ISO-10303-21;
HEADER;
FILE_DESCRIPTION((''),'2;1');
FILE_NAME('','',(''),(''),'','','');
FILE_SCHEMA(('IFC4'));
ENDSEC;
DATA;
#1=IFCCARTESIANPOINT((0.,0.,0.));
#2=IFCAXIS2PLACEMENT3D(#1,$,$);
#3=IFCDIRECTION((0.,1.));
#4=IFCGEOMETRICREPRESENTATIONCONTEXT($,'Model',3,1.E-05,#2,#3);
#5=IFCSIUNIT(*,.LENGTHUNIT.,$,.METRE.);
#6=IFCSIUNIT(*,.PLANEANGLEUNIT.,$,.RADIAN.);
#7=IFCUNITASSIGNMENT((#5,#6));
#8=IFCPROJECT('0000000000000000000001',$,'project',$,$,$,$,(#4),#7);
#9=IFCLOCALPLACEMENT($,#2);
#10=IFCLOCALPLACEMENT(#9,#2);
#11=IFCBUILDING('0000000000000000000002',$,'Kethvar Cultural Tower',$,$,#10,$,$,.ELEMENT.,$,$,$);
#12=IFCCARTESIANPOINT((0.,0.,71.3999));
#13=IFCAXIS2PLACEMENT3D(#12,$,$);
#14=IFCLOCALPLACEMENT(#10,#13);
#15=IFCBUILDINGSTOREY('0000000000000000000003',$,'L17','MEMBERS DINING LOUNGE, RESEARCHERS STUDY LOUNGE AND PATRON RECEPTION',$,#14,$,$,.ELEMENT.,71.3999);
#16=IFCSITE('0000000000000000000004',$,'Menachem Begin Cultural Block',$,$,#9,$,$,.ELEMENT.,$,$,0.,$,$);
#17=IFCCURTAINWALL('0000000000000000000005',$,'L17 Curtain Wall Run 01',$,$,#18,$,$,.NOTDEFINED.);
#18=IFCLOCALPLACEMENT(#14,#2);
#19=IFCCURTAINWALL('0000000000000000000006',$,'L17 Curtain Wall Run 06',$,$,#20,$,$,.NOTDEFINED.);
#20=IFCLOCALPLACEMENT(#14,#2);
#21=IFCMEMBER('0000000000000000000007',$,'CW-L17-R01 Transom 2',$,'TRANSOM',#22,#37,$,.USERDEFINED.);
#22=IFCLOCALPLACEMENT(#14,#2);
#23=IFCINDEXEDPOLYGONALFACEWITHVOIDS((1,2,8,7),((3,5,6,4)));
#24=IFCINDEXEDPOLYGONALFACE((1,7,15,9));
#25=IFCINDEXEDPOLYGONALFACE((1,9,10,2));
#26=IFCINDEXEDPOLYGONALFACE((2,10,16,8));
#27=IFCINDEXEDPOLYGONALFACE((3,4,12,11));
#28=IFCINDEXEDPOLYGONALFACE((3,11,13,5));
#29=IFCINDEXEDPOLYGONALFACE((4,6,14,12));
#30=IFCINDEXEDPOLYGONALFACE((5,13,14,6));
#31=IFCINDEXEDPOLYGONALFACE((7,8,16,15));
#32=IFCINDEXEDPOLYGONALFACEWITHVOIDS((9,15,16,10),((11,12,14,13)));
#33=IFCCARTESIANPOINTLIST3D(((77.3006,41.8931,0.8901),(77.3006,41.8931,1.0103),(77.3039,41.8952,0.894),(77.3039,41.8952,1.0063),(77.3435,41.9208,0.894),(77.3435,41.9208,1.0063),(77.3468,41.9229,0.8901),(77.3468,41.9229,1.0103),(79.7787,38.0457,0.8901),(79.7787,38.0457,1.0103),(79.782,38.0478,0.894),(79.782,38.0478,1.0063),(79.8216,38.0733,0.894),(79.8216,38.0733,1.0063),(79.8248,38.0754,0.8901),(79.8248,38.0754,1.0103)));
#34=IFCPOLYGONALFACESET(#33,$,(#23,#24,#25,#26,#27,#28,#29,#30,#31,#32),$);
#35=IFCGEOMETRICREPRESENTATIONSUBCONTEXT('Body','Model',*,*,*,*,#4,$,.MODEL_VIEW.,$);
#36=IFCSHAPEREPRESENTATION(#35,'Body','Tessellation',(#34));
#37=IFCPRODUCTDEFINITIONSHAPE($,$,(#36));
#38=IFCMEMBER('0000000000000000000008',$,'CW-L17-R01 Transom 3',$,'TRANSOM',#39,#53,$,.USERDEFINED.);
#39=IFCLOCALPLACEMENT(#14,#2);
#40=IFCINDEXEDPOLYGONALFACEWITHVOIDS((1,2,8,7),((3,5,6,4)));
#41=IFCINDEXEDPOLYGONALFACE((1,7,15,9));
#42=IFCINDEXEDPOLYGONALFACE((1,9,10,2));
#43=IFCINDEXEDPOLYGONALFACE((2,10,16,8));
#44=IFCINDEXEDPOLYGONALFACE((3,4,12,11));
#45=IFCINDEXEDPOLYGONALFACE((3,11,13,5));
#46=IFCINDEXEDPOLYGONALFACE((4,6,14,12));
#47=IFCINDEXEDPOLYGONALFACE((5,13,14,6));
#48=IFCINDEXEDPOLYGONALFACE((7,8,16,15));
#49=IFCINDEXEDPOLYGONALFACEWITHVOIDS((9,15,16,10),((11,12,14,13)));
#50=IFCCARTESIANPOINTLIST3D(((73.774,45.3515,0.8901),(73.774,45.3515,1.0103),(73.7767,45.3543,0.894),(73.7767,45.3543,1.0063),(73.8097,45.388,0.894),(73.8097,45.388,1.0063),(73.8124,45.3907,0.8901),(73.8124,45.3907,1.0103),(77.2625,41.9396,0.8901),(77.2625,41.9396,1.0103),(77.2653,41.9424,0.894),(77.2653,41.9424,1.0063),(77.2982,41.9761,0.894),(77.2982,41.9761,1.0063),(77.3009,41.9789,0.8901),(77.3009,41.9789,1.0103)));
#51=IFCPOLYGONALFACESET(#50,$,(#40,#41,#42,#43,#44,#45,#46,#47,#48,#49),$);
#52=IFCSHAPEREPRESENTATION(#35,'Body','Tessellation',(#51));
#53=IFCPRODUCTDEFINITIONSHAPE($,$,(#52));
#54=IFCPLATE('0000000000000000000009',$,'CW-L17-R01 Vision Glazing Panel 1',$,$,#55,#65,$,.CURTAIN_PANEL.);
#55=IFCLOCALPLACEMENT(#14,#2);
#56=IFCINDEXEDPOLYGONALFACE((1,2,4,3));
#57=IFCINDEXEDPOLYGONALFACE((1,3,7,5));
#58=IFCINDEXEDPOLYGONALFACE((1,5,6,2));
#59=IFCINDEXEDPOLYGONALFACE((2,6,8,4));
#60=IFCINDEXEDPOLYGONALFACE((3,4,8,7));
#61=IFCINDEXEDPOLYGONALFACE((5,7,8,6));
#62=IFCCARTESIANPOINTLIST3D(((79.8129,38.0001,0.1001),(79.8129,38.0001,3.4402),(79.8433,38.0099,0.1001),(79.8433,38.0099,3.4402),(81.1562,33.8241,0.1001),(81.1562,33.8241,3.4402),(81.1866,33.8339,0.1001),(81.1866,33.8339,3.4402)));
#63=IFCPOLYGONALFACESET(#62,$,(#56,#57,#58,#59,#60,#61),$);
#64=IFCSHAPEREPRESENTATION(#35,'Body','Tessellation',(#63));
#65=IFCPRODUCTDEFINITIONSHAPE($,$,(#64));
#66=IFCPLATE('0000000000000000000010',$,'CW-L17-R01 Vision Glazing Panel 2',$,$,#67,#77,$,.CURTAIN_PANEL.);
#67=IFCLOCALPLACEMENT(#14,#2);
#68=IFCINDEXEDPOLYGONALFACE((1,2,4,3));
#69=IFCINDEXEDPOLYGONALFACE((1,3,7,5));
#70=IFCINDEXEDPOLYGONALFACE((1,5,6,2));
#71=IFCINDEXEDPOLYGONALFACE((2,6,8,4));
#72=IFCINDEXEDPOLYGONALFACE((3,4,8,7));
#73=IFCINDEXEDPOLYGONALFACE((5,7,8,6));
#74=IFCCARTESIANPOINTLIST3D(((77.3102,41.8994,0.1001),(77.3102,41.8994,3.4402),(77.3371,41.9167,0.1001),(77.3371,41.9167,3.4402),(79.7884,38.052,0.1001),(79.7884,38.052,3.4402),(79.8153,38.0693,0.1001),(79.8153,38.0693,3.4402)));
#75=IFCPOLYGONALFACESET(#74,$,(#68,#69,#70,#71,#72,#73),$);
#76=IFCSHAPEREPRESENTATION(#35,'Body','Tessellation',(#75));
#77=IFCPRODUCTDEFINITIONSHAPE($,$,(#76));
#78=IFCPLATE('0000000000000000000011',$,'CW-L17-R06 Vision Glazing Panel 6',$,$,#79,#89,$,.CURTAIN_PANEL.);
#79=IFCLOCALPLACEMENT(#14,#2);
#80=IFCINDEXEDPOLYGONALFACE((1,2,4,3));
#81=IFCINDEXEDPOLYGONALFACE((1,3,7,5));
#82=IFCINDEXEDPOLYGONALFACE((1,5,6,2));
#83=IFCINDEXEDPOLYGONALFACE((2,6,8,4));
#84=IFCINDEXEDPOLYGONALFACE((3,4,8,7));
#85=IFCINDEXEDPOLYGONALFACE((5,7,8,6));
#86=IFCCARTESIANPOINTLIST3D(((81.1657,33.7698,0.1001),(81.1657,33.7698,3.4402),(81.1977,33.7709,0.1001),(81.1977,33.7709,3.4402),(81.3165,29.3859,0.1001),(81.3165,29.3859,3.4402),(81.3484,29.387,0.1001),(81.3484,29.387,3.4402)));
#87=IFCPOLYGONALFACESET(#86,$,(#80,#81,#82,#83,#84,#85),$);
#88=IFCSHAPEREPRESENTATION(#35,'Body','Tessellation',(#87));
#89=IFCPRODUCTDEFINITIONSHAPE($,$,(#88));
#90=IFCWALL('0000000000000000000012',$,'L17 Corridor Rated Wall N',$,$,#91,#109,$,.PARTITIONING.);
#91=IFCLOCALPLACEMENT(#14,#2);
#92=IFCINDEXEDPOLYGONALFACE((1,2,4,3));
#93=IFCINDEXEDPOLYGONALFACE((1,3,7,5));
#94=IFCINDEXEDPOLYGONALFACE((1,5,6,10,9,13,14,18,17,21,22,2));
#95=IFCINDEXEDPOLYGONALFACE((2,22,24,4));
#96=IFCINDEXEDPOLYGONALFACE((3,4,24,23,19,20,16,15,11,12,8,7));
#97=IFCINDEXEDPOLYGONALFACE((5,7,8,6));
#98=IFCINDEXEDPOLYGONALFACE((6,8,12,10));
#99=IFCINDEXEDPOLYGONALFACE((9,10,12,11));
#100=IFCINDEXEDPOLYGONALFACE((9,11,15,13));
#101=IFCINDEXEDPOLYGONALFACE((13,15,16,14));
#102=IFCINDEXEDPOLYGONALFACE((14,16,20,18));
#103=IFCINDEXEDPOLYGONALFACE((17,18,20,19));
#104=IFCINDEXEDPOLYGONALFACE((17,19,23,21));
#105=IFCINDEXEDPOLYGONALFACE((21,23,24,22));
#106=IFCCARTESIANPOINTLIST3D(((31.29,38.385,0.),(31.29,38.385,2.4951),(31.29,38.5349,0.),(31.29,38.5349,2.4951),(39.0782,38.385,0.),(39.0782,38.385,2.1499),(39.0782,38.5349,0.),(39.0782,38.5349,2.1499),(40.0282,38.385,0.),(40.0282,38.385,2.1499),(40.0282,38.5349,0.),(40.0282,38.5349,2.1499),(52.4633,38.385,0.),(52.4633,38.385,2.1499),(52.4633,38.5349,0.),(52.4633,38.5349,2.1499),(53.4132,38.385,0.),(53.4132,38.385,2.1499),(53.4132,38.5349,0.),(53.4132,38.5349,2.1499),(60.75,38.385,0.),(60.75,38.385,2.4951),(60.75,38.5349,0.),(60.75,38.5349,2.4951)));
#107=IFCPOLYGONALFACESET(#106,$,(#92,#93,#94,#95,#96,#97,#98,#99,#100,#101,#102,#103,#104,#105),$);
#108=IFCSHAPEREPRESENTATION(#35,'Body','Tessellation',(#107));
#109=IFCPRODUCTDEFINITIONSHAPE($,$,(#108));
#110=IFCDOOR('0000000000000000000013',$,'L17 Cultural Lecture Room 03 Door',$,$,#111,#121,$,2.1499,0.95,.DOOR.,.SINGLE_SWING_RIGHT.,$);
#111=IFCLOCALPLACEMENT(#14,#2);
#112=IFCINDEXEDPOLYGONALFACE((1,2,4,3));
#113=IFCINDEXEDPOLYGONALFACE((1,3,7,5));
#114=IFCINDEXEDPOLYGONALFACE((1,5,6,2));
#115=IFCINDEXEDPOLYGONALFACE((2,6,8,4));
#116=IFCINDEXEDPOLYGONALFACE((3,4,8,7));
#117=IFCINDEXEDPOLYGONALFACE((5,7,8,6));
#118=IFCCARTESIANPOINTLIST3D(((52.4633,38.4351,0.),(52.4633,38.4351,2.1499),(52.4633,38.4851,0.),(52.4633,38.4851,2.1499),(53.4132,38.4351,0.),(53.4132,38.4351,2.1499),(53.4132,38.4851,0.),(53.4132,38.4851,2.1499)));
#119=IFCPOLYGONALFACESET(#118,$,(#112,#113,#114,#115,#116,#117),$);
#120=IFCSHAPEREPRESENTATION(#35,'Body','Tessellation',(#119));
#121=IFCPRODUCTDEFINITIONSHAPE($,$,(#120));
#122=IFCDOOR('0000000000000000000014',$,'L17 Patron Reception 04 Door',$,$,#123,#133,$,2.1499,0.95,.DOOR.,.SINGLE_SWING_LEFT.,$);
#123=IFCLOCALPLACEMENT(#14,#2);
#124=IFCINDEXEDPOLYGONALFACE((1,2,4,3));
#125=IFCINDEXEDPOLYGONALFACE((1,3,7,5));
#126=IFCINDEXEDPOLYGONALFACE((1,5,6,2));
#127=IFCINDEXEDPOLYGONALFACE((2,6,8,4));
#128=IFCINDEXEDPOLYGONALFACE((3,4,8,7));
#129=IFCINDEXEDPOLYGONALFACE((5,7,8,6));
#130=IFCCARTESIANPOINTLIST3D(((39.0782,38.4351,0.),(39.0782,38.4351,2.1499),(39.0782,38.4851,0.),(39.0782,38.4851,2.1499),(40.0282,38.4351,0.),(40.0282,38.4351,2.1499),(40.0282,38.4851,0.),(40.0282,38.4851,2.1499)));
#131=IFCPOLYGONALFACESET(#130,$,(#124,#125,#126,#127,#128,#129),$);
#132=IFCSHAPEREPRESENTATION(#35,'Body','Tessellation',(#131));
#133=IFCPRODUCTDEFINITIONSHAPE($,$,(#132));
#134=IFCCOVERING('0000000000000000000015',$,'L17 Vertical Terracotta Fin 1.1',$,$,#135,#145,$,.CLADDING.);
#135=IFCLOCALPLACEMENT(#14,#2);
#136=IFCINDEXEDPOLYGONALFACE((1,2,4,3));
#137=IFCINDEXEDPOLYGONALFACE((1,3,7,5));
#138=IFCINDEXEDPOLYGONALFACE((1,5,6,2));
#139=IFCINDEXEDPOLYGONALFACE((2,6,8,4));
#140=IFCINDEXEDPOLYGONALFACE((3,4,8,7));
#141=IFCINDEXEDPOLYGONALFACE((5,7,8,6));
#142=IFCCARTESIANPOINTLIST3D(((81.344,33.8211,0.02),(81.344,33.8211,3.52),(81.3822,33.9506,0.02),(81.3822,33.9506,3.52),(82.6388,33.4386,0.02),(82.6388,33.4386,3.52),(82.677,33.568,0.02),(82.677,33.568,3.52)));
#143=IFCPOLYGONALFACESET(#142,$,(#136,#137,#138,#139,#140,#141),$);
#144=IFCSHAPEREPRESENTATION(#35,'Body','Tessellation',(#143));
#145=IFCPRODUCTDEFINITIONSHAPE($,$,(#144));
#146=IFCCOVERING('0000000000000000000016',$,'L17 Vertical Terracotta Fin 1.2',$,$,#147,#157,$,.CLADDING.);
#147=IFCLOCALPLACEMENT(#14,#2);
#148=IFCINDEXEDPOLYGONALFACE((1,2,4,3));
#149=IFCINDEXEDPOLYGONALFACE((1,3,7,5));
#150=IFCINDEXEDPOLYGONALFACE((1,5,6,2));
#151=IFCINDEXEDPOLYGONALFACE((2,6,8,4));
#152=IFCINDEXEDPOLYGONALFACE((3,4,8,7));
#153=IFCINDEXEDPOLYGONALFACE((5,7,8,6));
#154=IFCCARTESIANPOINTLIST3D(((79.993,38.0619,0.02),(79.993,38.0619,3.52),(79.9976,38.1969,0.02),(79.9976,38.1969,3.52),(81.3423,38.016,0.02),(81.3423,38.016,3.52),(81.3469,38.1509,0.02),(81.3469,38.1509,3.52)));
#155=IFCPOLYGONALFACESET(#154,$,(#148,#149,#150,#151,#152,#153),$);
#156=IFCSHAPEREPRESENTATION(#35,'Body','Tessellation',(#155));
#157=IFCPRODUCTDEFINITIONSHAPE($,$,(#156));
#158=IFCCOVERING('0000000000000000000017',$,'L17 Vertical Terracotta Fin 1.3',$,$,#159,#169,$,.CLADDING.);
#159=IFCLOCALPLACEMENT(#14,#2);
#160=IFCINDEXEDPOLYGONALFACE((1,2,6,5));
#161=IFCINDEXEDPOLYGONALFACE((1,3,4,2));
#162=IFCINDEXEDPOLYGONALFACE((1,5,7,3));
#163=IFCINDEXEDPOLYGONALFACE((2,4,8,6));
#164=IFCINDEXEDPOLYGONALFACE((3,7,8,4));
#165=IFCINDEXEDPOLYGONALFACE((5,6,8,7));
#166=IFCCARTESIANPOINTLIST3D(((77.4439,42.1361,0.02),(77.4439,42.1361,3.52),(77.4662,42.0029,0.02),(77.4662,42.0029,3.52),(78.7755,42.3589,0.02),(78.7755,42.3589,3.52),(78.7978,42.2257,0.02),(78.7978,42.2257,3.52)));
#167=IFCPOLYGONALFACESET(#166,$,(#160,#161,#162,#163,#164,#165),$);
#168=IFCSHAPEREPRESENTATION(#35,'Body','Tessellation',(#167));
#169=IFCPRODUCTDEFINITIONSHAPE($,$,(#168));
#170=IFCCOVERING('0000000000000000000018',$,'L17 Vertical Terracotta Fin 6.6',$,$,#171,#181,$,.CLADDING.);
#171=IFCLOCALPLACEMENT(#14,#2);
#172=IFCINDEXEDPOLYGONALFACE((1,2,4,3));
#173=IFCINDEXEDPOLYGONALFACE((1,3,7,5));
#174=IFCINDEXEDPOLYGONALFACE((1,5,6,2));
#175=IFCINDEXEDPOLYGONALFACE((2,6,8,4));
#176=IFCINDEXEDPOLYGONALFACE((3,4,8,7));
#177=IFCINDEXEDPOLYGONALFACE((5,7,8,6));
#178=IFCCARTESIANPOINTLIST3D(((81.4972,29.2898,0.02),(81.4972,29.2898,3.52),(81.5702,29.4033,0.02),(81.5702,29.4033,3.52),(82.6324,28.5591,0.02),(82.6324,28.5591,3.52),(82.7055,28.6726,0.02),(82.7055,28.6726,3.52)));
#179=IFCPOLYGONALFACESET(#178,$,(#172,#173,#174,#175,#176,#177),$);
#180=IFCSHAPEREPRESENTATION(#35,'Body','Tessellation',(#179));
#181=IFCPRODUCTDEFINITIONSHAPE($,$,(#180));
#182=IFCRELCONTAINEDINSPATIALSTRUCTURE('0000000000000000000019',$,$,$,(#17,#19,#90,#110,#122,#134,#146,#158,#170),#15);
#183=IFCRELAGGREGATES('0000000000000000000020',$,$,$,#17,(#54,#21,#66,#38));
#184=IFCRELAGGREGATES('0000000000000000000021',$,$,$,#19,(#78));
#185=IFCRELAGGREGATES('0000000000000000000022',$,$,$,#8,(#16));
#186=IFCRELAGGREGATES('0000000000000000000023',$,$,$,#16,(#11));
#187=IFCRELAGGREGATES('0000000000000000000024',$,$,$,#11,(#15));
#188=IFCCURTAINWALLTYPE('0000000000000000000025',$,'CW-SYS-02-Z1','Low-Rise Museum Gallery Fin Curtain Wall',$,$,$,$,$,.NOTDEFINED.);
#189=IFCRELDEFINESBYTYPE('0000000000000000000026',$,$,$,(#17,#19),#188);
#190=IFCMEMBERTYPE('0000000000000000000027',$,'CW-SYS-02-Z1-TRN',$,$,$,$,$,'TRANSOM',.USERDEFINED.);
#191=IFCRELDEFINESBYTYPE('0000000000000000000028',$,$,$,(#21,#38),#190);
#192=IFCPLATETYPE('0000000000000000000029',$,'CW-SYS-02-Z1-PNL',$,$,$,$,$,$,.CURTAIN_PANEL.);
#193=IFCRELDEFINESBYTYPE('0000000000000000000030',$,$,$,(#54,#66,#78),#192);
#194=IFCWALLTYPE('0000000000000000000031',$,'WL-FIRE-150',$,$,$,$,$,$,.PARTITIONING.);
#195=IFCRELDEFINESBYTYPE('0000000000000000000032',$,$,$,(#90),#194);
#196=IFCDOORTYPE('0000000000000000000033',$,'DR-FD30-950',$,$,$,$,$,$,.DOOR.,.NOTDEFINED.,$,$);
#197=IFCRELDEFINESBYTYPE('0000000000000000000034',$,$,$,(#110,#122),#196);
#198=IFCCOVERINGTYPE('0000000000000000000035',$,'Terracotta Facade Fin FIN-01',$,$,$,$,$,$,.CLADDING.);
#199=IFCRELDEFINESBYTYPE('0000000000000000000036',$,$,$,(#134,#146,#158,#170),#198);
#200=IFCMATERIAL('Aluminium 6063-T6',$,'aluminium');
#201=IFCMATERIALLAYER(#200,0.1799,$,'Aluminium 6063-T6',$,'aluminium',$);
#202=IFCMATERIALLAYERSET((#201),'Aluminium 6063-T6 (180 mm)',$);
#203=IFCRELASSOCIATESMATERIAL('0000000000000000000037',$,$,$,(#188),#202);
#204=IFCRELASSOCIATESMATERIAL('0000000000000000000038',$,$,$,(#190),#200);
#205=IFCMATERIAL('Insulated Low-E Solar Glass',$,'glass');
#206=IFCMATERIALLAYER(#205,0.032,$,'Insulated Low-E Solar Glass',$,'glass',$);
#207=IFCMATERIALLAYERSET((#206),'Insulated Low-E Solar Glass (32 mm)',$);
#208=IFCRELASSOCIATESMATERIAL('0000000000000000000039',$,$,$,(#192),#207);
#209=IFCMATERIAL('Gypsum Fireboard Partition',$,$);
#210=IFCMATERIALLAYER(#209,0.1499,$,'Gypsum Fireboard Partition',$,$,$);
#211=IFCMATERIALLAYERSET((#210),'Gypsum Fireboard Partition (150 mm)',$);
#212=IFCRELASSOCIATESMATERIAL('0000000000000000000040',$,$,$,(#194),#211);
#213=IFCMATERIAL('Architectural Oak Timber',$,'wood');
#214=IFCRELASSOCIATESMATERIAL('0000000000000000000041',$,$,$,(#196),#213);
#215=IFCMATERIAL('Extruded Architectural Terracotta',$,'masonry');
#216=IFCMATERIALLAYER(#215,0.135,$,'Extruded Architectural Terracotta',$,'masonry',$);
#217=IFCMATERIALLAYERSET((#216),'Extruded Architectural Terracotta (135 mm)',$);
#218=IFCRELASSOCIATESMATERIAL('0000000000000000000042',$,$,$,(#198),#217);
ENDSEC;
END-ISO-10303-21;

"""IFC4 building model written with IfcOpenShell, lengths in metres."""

from ifc_helpers import new_model, si_unit, direction, frame, frame_2d, origin, origin_2d, place, context, subcontext, project, spatial, rectangle, hollow_rectangle, extrude, source, transform, mapped, material, layer, layer_set, material_profile, profile_set, type_object, element, fill, aggregate, save


model = new_model("IFC4")

# Units and contexts
model_context = context("Model", 3, precision=1e-05, world=origin(), true_north=direction((0.0, 1.0)))
body_context = subcontext(model_context, "Body", "Model", "MODEL_VIEW")
ifc_project = project(units=[si_unit("LENGTHUNIT", "METRE"), si_unit("PLANEANGLEUNIT", "RADIAN")], contexts=[model_context])

# Site, building, storey
site_placement = place(None, origin())
site = spatial("IfcSite", under=ifc_project, at=site_placement, Name="Menachem Begin Cultural Block", CompositionType="ELEMENT", RefElevation=0.0)
building_placement = place(site_placement, origin())
building = spatial("IfcBuilding", under=site, at=building_placement, Name="Kethvar Cultural Tower", CompositionType="ELEMENT")
storey_placement = place(building_placement, frame((0.0, 0.0, 71.3999)))
storey = spatial("IfcBuildingStorey", under=building, at=storey_placement, Name="L17", Description="MEMBERS DINING LOUNGE, RESEARCHERS STUDY LOUNGE AND PATRON RECEPTION", CompositionType="ELEMENT", Elevation=71.3999)

# Curtain walls
ifc_material_1 = material(Name="Aluminium 6063-T6", Category="aluminium")
ifc_layer_1 = layer(ifc_material_1, 0.1799, Name="Aluminium 6063-T6", Category="aluminium")
ifc_layer_set_1 = layer_set([ifc_layer_1], Name="Aluminium 6063-T6 (180 mm)")
curtain_wall_type = type_object("IfcCurtainWallType", Name="CW-SYS-02-Z1", Description="Low-Rise Museum Gallery Fin Curtain Wall", PredefinedType="NOTDEFINED", material=ifc_layer_set_1)
curtain_wall_1_placement = place(storey_placement, origin())
curtain_wall_1 = element("IfcCurtainWall", 1, at=curtain_wall_1_placement, inside=storey, type_object=curtain_wall_type, Name="L17 Curtain Wall Run 01", PredefinedType="NOTDEFINED")
curtain_wall_2_placement = place(storey_placement, origin())
curtain_wall_2 = element("IfcCurtainWall", 2, at=curtain_wall_2_placement, inside=storey, type_object=curtain_wall_type, Name="L17 Curtain Wall Run 06", PredefinedType="NOTDEFINED")

# Members
ifc_material_profile_1 = material_profile(ifc_material_1, hollow_rectangle(XDim=0.0549, YDim=0.1201, WallThickness=0.0039, at=origin_2d()), Name="Aluminium 6063-T6 — RHS120x55x4")
ifc_profile_set_1 = profile_set([ifc_material_profile_1], Name="Aluminium 6063-T6 — RHS120x55x4")
member_type_1 = type_object("IfcMemberType", Name="CW-SYS-02-Z1-TRN", ElementType="TRANSOM", PredefinedType="USERDEFINED", material=ifc_profile_set_1)
shared_shape_1 = source(origin(), body_context, "Body", "SweptSolid", [
    extrude(hollow_rectangle(XDim=0.0549, YDim=0.1201, WallThickness=0.0039, at=origin_2d()), origin(), (0.0, 0.0, 1.0), 4.5764),
])
member_1_placement = place(storey_placement, frame((79.8018, 38.0605, 0.9502), z_axis=(-0.541483, 0.840712, 0.0), x_axis=(-0.840712, -0.541483, 0.0)))
member_1 = element("IfcMember", 3, at=member_1_placement, type_object=member_type_1, Name="CW-L17-R01 Transom 2", ObjectType="TRANSOM", PredefinedType="USERDEFINED", context=body_context, shape_type="MappedRepresentation", body=[
    mapped(shared_shape_1, transform((0.0, 0.0, 0.0), scale=1.0)),
])
shared_shape_2 = source(origin(), body_context, "Body", "SweptSolid", [
    extrude(hollow_rectangle(XDim=0.0549, YDim=0.1201, WallThickness=0.0039, at=origin_2d()), origin(), (0.0, 0.0, 1.0), 4.8796),
])
member_2_placement = place(storey_placement, frame((77.2817, 41.9592, 0.9502), z_axis=(-0.714918, 0.699208, 0.0), x_axis=(-0.699208, -0.714918, 0.0)))
member_2 = element("IfcMember", 4, at=member_2_placement, type_object=member_type_1, Name="CW-L17-R01 Transom 3", ObjectType="TRANSOM", PredefinedType="USERDEFINED", context=body_context, shape_type="MappedRepresentation", body=[
    mapped(shared_shape_2, transform((0.0, 0.0, 0.0), scale=1.0)),
])

# Plates
ifc_material_2 = material(Name="Insulated Low-E Solar Glass", Category="glass")
ifc_layer_2 = layer(ifc_material_2, 0.032, Name="Insulated Low-E Solar Glass", Category="glass")
ifc_layer_set_2 = layer_set([ifc_layer_2], Name="Insulated Low-E Solar Glass (32 mm)")
plate_type = type_object("IfcPlateType", Name="CW-SYS-02-Z1-PNL", PredefinedType="CURTAIN_PANEL", material=ifc_layer_set_2)
shared_shape_3 = source(origin(), body_context, "Body", "SweptSolid", [
    extrude(rectangle(XDim=4.3867, YDim=0.032, at=origin_2d()), origin(), (0.0, 0.0, 1.0), 3.3401),
])
plate_1_placement = place(storey_placement, frame((80.4998, 35.917, 0.1001), z_axis=(0.0, 0.0, 1.0), x_axis=(-0.30621, 0.951964, 0.0)))
plate_1 = element("IfcPlate", 5, at=plate_1_placement, type_object=plate_type, Name="CW-L17-R01 Vision Glazing Panel 1", PredefinedType="CURTAIN_PANEL", context=body_context, shape_type="MappedRepresentation", body=[
    mapped(shared_shape_3, transform((0.0, 0.0, 0.0), scale=1.0)),
])
shared_shape_4 = source(origin(), body_context, "Body", "SweptSolid", [
    extrude(rectangle(XDim=4.5764, YDim=0.032, at=origin_2d()), origin(), (0.0, 0.0, 1.0), 3.3401),
])
plate_2_placement = place(storey_placement, frame((78.5627, 39.9844, 0.1001), z_axis=(0.0, 0.0, 1.0), x_axis=(-0.541503, 0.840699, 0.0)))
plate_2 = element("IfcPlate", 6, at=plate_2_placement, type_object=plate_type, Name="CW-L17-R01 Vision Glazing Panel 2", PredefinedType="CURTAIN_PANEL", context=body_context, shape_type="MappedRepresentation", body=[
    mapped(shared_shape_4, transform((0.0, 0.0, 0.0), scale=1.0)),
])
aggregate(curtain_wall_1, [plate_1, member_1, plate_2, member_2])
shared_shape_5 = source(origin(), body_context, "Body", "SweptSolid", [
    extrude(rectangle(XDim=4.3865, YDim=0.032, at=origin_2d()), origin(), (0.0, 0.0, 1.0), 3.3401),
])
plate_3_placement = place(storey_placement, frame((81.2571, 31.5784, 0.1001), z_axis=(0.0, 0.0, 1.0), x_axis=(-0.034359, 0.99941, 0.0)))
plate_3 = element("IfcPlate", 7, at=plate_3_placement, type_object=plate_type, Name="CW-L17-R06 Vision Glazing Panel 6", PredefinedType="CURTAIN_PANEL", context=body_context, shape_type="MappedRepresentation", body=[
    mapped(shared_shape_5, transform((0.0, 0.0, 0.0), scale=1.0)),
])
aggregate(curtain_wall_2, [plate_3])

# Wall, openings, doors
ifc_material_3 = material(Name="Gypsum Fireboard Partition")
ifc_layer_3 = layer(ifc_material_3, 0.1499, Name="Gypsum Fireboard Partition")
ifc_layer_set_3 = layer_set([ifc_layer_3], Name="Gypsum Fireboard Partition (150 mm)")
wall_type = type_object("IfcWallType", Name="WL-FIRE-150", PredefinedType="PARTITIONING", material=ifc_layer_set_3)
wall_placement = place(storey_placement, frame((60.75, 38.46, 0.0), z_axis=(0.0, 0.0, 1.0), x_axis=(-1.0, 0.0, 0.0)))
wall = element("IfcWall", 8, at=wall_placement, inside=storey, type_object=wall_type, Name="L17 Corridor Rated Wall N", PredefinedType="PARTITIONING", context=body_context, shape_type="SweptSolid", body=[
    extrude(rectangle(XDim=29.46, YDim=0.1499, at=frame_2d((14.73, 0.0))), origin(), (0.0, 0.0, 1.0), 2.4951),
])
opening_1_placement = place(wall_placement, frame((7.3367, 0.0, 0.0)))
opening_1 = element("IfcOpeningElement", 9, at=opening_1_placement, cuts=wall, PredefinedType="OPENING", context=body_context, shape_type="SweptSolid", body=[
    extrude(rectangle(XDim=0.95, YDim=2.1499, at=frame_2d((0.4751, 1.075))), frame((0.0, 0.085, 0.0), z_axis=(0.0, -1.0, 0.0), x_axis=(1.0, 0.0, 0.0)), (0.0, 0.0, 1.0), 0.1699),
])
opening_2_placement = place(wall_placement, frame((20.7217, 0.0, 0.0)))
opening_2 = element("IfcOpeningElement", 10, at=opening_2_placement, cuts=wall, PredefinedType="OPENING", context=body_context, shape_type="SweptSolid", body=[
    extrude(rectangle(XDim=0.95, YDim=2.1499, at=frame_2d((0.4751, 1.075))), frame((0.0, 0.085, 0.0), z_axis=(0.0, -1.0, 0.0), x_axis=(1.0, 0.0, 0.0)), (0.0, 0.0, 1.0), 0.1699),
])
ifc_material_4 = material(Name="Architectural Oak Timber", Category="wood")
door_type = type_object("IfcDoorType", Name="DR-FD30-950", OperationType="NOTDEFINED", PredefinedType="DOOR", material=ifc_material_4)
shared_shape_6 = source(origin(), body_context, "Body", "SweptSolid", [
    extrude(rectangle(XDim=0.95, YDim=2.1499, at=frame_2d((0.4751, 1.075))), frame((0.0, 0.0249, 0.0), z_axis=(0.0, -1.0, 0.0), x_axis=(1.0, 0.0, 0.0)), (0.0, 0.0, 1.0), 0.05),
])
door_1_placement = place(opening_1_placement, origin())
door_1 = element("IfcDoor", 11, at=door_1_placement, inside=storey, type_object=door_type, Name="L17 Cultural Lecture Room 03 Door", OperationType="SINGLE_SWING_RIGHT", OverallHeight=2.1499, OverallWidth=0.95, PredefinedType="DOOR", context=body_context, shape_type="MappedRepresentation", body=[
    mapped(shared_shape_6, transform((0.0, 0.0, 0.0), scale=1.0)),
])
fill(opening_1, door_1)
door_2_placement = place(opening_2_placement, origin())
door_2 = element("IfcDoor", 12, at=door_2_placement, inside=storey, type_object=door_type, Name="L17 Patron Reception 04 Door", OperationType="SINGLE_SWING_LEFT", OverallHeight=2.1499, OverallWidth=0.95, PredefinedType="DOOR", context=body_context, shape_type="MappedRepresentation", body=[
    mapped(shared_shape_6, transform((0.0, 0.0, 0.0), scale=1.0)),
])
fill(opening_2, door_2)

# Coverings
ifc_material_5 = material(Name="Extruded Architectural Terracotta", Category="masonry")
ifc_layer_4 = layer(ifc_material_5, 0.135, Name="Extruded Architectural Terracotta", Category="masonry")
ifc_layer_set_4 = layer_set([ifc_layer_4], Name="Extruded Architectural Terracotta (135 mm)")
covering_type = type_object("IfcCoveringType", Name="Terracotta Facade Fin FIN-01", PredefinedType="CLADDING", material=ifc_layer_set_4)
shared_shape_7 = source(origin(), body_context, "Body", "SweptSolid", [
    extrude(rectangle(XDim=1.3501, YDim=0.135, at=origin_2d()), origin(), (0.0, 0.0, 1.0), 3.5),
])
for number, where, z_axis, x_axis, name in (
    (13, (82.0105, 33.6946, 0.02), (0.0, 0.0, 1.0), (0.959018, -0.283346, 0.0), "L17 Vertical Terracotta Fin 1.1"),
    (14, (80.6699, 38.1064, 0.02), (0.0, 0.0, 1.0), (0.999421, -0.034027, 0.0), "L17 Vertical Terracotta Fin 1.2"),
    (15, (78.1208, 42.1809, 0.02), (0.0, 0.0, 1.0), (0.986286, 0.165048, 0.0), "L17 Vertical Terracotta Fin 1.3"),
    (16, (82.1013, 28.9812, 0.02), (0.0, 0.0, 1.0), (0.84085, -0.541268, 0.0), "L17 Vertical Terracotta Fin 6.6"),
):
    element("IfcCovering", number, at=place(storey_placement, frame(where, z_axis=z_axis, x_axis=x_axis)), inside=storey, type_object=covering_type, Name=name, PredefinedType="CLADDING", context=body_context, shape_type="MappedRepresentation", body=[
        mapped(shared_shape_7, transform((0.0, 0.0, 0.0), scale=1.0)),
    ])

save(model, "model.ifc")
